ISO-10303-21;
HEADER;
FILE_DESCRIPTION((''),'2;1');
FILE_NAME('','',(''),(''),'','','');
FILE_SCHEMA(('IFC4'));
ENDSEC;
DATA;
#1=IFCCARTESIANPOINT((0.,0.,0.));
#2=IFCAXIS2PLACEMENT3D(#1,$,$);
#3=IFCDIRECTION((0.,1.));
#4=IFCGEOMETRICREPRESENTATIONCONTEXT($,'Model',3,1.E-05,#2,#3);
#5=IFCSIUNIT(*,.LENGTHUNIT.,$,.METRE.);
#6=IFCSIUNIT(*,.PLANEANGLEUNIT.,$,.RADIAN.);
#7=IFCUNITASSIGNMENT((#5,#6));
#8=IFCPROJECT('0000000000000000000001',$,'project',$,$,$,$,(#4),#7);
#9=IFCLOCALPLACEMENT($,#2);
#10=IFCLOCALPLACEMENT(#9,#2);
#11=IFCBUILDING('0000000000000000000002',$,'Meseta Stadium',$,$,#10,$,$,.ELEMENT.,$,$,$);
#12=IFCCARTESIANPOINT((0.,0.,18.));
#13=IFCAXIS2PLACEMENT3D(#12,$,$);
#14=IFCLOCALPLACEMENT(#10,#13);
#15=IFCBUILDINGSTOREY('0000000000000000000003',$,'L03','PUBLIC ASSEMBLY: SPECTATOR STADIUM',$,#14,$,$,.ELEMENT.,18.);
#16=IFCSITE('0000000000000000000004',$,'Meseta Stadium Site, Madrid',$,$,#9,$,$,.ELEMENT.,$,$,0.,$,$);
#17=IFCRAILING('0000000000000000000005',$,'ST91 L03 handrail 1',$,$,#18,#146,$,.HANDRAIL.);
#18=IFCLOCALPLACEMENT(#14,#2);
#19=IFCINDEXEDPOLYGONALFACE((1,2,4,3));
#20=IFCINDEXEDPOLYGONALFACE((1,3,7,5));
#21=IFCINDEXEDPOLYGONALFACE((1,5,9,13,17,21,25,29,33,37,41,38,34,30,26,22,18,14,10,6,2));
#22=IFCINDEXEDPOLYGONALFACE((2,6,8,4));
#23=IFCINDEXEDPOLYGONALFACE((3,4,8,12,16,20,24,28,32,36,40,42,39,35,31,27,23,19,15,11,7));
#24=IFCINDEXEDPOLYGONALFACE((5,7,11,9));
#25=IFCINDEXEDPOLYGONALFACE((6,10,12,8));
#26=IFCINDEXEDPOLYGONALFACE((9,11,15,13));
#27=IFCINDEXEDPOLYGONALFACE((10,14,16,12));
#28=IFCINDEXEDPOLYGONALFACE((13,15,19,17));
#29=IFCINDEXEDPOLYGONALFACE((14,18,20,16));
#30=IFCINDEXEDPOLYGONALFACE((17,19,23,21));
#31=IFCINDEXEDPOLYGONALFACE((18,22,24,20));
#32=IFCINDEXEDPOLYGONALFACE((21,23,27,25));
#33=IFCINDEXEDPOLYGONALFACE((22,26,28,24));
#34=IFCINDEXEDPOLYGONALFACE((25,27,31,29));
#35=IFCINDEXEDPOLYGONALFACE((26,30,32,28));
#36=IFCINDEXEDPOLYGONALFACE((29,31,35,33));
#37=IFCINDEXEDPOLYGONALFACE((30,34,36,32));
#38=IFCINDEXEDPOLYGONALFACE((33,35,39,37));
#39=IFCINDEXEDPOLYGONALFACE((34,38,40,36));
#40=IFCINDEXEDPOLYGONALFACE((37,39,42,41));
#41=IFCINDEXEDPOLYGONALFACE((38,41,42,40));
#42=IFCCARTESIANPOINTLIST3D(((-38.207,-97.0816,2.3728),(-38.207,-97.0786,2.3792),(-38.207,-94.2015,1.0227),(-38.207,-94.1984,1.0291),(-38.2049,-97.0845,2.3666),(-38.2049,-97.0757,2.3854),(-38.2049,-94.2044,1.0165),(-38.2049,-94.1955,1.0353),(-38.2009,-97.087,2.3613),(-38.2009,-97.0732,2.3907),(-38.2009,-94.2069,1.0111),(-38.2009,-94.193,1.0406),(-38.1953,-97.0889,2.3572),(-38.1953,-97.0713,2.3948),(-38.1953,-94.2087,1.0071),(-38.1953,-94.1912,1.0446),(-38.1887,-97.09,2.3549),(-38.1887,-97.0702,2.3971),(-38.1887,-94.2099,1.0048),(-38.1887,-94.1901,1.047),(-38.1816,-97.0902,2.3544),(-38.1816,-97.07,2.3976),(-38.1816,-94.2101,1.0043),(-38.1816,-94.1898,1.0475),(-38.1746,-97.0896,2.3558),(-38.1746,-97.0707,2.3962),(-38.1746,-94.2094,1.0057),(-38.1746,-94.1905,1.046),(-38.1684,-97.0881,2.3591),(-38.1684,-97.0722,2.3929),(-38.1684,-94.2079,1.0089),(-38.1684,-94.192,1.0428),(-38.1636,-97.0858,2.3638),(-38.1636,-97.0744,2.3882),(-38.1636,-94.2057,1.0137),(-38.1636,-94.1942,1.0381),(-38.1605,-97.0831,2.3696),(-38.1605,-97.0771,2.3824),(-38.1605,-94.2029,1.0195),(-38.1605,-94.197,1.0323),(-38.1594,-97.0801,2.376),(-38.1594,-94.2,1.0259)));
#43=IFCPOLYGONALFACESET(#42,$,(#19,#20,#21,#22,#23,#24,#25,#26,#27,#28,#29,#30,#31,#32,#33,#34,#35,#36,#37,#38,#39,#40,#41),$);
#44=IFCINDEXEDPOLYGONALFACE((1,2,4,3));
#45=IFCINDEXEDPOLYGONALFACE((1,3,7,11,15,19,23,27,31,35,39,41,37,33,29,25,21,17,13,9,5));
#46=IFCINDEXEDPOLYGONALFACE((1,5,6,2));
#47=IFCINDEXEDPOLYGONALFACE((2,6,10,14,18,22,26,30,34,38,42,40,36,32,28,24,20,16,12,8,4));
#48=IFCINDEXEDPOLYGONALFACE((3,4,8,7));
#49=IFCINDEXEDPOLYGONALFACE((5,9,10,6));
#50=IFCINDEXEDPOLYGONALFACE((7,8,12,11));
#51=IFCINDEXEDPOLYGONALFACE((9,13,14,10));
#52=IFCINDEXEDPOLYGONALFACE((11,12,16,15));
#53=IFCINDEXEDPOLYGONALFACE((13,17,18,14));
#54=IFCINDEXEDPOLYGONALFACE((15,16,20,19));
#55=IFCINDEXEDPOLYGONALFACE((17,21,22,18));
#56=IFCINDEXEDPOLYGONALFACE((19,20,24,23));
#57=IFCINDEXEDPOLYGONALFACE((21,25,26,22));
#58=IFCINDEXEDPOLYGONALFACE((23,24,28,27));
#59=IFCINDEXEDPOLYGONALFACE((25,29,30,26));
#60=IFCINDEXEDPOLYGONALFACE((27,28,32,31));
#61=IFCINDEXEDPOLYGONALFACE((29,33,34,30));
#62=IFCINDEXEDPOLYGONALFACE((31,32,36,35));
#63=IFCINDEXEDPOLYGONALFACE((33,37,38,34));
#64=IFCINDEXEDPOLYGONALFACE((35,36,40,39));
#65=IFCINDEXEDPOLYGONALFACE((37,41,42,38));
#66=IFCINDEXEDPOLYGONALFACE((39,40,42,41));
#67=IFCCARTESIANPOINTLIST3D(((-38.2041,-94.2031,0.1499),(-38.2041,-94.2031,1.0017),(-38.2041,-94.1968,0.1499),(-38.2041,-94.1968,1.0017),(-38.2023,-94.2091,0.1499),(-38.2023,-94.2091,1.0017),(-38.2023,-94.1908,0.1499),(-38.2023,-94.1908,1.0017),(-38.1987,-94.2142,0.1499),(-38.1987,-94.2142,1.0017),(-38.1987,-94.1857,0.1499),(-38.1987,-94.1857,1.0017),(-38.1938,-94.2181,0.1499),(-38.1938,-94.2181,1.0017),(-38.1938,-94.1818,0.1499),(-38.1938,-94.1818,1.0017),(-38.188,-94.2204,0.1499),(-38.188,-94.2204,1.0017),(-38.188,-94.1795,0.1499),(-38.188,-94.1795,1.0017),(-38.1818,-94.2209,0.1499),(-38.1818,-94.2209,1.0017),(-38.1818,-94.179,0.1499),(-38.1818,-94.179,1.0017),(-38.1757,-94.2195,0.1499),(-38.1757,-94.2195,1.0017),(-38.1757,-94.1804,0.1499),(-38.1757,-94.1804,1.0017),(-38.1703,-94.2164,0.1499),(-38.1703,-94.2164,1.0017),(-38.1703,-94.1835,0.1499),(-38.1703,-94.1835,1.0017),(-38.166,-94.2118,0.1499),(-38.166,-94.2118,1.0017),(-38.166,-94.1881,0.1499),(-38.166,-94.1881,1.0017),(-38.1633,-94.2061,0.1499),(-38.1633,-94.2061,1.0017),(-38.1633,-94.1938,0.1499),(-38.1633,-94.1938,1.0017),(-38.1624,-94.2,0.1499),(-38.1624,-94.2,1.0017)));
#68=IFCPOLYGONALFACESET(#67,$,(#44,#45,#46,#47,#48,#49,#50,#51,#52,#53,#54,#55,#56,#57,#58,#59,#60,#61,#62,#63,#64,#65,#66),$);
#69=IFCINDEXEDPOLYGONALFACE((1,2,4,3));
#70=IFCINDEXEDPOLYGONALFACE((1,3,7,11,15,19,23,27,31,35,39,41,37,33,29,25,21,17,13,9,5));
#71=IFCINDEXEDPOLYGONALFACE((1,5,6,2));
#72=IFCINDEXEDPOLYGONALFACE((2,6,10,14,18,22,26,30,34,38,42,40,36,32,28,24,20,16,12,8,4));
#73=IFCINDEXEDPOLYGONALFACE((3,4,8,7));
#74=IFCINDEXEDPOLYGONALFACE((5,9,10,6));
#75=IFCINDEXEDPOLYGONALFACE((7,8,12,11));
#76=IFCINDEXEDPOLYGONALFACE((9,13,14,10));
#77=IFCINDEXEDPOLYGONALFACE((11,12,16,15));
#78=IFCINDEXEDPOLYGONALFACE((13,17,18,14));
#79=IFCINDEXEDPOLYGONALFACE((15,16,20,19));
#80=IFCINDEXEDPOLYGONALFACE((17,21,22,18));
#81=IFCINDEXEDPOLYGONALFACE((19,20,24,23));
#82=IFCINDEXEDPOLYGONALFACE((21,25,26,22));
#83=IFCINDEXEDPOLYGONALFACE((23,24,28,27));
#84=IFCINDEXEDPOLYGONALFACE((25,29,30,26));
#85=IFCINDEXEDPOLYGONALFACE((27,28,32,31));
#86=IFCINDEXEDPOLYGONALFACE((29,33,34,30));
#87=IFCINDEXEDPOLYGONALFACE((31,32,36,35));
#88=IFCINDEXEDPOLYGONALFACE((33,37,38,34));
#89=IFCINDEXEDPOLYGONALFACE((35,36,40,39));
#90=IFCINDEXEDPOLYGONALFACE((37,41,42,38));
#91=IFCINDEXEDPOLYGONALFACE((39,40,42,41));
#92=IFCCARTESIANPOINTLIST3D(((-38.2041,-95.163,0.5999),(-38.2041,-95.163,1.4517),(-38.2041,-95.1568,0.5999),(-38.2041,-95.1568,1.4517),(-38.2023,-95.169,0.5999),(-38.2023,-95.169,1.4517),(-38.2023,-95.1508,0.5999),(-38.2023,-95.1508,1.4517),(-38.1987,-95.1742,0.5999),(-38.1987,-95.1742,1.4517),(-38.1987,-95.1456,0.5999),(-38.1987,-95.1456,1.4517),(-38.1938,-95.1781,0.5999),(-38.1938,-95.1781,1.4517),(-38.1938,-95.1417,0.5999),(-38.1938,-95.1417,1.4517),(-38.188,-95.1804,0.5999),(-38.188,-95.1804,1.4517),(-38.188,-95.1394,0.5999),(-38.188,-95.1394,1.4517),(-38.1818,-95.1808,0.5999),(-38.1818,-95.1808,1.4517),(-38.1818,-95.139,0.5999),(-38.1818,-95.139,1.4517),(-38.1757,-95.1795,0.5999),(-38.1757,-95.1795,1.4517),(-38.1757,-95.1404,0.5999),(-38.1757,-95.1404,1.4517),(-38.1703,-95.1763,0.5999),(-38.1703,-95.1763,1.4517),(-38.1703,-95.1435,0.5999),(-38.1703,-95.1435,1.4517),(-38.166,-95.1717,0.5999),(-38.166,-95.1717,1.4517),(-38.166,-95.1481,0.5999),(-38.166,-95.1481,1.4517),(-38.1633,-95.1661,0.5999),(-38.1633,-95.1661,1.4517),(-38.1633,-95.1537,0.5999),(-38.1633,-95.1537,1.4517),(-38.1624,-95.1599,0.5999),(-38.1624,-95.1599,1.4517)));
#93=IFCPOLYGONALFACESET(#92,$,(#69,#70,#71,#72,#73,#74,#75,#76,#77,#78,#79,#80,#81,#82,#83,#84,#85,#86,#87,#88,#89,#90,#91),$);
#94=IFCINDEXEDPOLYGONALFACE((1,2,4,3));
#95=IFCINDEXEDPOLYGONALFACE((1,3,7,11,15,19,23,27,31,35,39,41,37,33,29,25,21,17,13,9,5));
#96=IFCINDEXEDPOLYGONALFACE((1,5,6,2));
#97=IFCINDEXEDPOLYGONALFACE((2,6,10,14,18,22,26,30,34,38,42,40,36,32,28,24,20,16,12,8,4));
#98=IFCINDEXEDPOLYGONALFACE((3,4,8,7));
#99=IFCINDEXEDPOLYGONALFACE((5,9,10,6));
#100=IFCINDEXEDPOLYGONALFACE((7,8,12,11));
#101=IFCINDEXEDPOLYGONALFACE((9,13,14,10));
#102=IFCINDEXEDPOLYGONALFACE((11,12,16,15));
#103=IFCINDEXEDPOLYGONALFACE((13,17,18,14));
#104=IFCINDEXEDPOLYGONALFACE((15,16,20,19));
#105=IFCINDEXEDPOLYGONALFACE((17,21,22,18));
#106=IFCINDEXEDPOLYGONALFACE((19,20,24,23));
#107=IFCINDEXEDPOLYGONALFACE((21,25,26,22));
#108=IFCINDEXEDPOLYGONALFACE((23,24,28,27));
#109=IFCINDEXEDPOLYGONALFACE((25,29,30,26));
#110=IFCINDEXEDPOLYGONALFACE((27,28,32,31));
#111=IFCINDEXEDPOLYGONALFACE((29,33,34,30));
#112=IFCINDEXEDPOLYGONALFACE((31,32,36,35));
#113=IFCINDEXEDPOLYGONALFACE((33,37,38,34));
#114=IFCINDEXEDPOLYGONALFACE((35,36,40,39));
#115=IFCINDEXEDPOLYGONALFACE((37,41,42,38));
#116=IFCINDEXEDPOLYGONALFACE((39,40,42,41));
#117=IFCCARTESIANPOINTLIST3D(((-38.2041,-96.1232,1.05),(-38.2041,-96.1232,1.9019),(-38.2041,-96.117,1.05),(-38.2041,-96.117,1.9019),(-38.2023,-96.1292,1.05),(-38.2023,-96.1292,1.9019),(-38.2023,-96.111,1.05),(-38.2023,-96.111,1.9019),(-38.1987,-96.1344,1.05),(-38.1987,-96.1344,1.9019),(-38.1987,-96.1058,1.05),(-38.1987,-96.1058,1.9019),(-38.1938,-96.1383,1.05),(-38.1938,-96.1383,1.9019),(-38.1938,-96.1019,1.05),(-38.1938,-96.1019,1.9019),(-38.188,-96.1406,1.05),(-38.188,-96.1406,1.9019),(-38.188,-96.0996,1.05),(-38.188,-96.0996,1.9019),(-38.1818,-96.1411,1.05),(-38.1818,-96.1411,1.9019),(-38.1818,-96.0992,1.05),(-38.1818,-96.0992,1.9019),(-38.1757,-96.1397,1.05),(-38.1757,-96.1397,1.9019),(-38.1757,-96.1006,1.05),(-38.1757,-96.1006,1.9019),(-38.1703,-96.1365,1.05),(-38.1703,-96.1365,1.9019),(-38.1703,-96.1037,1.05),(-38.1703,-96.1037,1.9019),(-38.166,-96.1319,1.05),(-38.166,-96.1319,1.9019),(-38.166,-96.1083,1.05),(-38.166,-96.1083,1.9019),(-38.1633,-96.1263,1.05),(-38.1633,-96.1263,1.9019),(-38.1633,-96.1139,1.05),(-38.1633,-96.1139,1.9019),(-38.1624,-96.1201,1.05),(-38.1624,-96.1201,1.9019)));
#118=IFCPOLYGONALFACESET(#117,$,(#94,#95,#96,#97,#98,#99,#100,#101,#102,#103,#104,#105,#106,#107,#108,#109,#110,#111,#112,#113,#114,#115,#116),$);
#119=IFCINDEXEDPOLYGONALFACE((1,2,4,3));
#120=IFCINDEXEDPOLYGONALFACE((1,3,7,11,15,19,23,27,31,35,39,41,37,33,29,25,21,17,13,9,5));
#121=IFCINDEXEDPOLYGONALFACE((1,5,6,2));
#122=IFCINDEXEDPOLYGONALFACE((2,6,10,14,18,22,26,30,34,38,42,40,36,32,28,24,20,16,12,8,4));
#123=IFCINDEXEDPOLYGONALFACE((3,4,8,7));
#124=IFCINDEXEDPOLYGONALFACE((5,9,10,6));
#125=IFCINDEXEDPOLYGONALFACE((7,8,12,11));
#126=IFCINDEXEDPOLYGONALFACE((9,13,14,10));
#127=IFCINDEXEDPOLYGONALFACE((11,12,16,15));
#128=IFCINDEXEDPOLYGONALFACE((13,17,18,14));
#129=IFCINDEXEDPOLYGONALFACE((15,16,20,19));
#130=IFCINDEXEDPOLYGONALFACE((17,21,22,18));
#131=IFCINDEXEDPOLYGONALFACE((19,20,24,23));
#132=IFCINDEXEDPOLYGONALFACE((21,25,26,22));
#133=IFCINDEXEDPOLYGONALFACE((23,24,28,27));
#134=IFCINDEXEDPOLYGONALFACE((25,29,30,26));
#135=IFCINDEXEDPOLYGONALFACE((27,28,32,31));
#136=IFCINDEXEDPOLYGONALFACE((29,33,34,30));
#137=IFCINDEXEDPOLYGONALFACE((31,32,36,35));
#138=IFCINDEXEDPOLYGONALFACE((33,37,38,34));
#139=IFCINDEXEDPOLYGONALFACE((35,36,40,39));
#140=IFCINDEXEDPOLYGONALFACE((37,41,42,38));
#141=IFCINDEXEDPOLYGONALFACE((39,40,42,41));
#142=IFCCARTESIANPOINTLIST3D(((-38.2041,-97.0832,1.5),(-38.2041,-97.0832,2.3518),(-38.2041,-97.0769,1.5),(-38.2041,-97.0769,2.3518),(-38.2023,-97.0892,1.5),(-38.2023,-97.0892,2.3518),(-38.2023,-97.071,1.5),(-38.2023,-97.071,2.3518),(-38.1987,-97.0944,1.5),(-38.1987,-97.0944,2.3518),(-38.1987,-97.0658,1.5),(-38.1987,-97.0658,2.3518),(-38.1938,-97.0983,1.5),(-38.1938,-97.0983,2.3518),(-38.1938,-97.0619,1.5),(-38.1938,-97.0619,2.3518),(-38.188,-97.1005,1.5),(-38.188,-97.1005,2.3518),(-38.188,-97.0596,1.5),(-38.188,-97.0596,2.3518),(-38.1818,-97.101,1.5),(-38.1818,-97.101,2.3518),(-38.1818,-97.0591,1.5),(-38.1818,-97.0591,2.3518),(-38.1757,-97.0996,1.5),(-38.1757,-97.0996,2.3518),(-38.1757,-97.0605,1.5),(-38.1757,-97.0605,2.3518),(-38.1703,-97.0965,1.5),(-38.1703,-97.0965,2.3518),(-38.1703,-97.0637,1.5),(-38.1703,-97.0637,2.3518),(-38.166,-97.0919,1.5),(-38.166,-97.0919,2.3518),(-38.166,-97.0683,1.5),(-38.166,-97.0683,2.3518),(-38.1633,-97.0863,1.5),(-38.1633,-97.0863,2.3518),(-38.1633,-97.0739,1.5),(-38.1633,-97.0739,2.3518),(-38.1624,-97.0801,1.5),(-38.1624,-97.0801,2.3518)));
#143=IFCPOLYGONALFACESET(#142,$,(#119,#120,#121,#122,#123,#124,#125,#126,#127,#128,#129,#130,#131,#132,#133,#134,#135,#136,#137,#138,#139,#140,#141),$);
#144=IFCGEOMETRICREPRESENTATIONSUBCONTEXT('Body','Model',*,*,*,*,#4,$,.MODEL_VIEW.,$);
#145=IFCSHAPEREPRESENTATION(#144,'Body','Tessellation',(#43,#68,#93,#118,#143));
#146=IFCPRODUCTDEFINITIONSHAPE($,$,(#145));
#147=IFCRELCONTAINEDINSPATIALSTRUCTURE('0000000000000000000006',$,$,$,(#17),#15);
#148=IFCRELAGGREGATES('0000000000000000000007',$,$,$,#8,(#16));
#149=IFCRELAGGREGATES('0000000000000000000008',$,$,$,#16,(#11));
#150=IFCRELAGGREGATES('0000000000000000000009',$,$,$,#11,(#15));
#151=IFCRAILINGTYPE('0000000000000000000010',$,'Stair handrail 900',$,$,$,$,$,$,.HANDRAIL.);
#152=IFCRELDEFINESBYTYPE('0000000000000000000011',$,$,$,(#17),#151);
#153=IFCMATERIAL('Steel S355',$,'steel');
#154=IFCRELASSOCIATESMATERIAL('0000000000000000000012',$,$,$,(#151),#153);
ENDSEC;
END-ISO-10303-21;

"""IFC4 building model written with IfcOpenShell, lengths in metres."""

from ifc_helpers import new_model, si_unit, direction, frame, origin, origin_2d, place, context, subcontext, project, spatial, circle, extrude, material, type_object, element, save


model = new_model("IFC4")

# Units and contexts
model_context = context("Model", 3, precision=1e-05, world=origin(), true_north=direction((0.0, 1.0)))
body_context = subcontext(model_context, "Body", "Model", "MODEL_VIEW")
ifc_project = project(units=[si_unit("LENGTHUNIT", "METRE"), si_unit("PLANEANGLEUNIT", "RADIAN")], contexts=[model_context])

# Site, building, storey
site_placement = place(None, origin())
site = spatial("IfcSite", under=ifc_project, at=site_placement, Name="Meseta Stadium Site, Madrid", CompositionType="ELEMENT", RefElevation=0.0)
building_placement = place(site_placement, origin())
building = spatial("IfcBuilding", under=site, at=building_placement, Name="Meseta Stadium", CompositionType="ELEMENT")
storey_placement = place(building_placement, frame((0.0, 0.0, 18.0)))
storey = spatial("IfcBuildingStorey", under=building, at=storey_placement, Name="L03", Description="PUBLIC ASSEMBLY: SPECTATOR STADIUM", CompositionType="ELEMENT", Elevation=18.0)

# Railing
ifc_material_1 = material(Name="Steel S355", Category="steel")
railing_type_1 = type_object("IfcRailingType", Name="Stair handrail 900", PredefinedType="HANDRAIL", material=ifc_material_1)
railing_1_placement = place(storey_placement, frame((-38.1833, -94.2, 0.1499)))
element("IfcRailing", 1, at=railing_1_placement, inside=storey, type_object=railing_type_1, Name="ST91 L03 handrail 1", PredefinedType="HANDRAIL", context=body_context, shape_type="SweptSolid", body=[
    extrude(circle(Radius=0.0239, at=origin_2d()), frame((0.0, 0.0, 0.876), z_axis=(0.0, -0.905454, 0.424444), x_axis=(1.0, 0.0, 0.0)), (0.0, 0.0, 1.0), 3.1809),
    extrude(circle(Radius=0.021, at=origin_2d()), origin(), (0.0, 0.0, 1.0), 0.8518),
    extrude(circle(Radius=0.021, at=origin_2d()), frame((0.0, -0.96, 0.45)), (0.0, 0.0, 1.0), 0.8518),
    extrude(circle(Radius=0.021, at=origin_2d()), frame((0.0, -1.9202, 0.9001)), (0.0, 0.0, 1.0), 0.8518),
    extrude(circle(Radius=0.021, at=origin_2d()), frame((0.0, -2.8801, 1.3501)), (0.0, 0.0, 1.0), 0.8518),
])

save(model, "model.ifc")
